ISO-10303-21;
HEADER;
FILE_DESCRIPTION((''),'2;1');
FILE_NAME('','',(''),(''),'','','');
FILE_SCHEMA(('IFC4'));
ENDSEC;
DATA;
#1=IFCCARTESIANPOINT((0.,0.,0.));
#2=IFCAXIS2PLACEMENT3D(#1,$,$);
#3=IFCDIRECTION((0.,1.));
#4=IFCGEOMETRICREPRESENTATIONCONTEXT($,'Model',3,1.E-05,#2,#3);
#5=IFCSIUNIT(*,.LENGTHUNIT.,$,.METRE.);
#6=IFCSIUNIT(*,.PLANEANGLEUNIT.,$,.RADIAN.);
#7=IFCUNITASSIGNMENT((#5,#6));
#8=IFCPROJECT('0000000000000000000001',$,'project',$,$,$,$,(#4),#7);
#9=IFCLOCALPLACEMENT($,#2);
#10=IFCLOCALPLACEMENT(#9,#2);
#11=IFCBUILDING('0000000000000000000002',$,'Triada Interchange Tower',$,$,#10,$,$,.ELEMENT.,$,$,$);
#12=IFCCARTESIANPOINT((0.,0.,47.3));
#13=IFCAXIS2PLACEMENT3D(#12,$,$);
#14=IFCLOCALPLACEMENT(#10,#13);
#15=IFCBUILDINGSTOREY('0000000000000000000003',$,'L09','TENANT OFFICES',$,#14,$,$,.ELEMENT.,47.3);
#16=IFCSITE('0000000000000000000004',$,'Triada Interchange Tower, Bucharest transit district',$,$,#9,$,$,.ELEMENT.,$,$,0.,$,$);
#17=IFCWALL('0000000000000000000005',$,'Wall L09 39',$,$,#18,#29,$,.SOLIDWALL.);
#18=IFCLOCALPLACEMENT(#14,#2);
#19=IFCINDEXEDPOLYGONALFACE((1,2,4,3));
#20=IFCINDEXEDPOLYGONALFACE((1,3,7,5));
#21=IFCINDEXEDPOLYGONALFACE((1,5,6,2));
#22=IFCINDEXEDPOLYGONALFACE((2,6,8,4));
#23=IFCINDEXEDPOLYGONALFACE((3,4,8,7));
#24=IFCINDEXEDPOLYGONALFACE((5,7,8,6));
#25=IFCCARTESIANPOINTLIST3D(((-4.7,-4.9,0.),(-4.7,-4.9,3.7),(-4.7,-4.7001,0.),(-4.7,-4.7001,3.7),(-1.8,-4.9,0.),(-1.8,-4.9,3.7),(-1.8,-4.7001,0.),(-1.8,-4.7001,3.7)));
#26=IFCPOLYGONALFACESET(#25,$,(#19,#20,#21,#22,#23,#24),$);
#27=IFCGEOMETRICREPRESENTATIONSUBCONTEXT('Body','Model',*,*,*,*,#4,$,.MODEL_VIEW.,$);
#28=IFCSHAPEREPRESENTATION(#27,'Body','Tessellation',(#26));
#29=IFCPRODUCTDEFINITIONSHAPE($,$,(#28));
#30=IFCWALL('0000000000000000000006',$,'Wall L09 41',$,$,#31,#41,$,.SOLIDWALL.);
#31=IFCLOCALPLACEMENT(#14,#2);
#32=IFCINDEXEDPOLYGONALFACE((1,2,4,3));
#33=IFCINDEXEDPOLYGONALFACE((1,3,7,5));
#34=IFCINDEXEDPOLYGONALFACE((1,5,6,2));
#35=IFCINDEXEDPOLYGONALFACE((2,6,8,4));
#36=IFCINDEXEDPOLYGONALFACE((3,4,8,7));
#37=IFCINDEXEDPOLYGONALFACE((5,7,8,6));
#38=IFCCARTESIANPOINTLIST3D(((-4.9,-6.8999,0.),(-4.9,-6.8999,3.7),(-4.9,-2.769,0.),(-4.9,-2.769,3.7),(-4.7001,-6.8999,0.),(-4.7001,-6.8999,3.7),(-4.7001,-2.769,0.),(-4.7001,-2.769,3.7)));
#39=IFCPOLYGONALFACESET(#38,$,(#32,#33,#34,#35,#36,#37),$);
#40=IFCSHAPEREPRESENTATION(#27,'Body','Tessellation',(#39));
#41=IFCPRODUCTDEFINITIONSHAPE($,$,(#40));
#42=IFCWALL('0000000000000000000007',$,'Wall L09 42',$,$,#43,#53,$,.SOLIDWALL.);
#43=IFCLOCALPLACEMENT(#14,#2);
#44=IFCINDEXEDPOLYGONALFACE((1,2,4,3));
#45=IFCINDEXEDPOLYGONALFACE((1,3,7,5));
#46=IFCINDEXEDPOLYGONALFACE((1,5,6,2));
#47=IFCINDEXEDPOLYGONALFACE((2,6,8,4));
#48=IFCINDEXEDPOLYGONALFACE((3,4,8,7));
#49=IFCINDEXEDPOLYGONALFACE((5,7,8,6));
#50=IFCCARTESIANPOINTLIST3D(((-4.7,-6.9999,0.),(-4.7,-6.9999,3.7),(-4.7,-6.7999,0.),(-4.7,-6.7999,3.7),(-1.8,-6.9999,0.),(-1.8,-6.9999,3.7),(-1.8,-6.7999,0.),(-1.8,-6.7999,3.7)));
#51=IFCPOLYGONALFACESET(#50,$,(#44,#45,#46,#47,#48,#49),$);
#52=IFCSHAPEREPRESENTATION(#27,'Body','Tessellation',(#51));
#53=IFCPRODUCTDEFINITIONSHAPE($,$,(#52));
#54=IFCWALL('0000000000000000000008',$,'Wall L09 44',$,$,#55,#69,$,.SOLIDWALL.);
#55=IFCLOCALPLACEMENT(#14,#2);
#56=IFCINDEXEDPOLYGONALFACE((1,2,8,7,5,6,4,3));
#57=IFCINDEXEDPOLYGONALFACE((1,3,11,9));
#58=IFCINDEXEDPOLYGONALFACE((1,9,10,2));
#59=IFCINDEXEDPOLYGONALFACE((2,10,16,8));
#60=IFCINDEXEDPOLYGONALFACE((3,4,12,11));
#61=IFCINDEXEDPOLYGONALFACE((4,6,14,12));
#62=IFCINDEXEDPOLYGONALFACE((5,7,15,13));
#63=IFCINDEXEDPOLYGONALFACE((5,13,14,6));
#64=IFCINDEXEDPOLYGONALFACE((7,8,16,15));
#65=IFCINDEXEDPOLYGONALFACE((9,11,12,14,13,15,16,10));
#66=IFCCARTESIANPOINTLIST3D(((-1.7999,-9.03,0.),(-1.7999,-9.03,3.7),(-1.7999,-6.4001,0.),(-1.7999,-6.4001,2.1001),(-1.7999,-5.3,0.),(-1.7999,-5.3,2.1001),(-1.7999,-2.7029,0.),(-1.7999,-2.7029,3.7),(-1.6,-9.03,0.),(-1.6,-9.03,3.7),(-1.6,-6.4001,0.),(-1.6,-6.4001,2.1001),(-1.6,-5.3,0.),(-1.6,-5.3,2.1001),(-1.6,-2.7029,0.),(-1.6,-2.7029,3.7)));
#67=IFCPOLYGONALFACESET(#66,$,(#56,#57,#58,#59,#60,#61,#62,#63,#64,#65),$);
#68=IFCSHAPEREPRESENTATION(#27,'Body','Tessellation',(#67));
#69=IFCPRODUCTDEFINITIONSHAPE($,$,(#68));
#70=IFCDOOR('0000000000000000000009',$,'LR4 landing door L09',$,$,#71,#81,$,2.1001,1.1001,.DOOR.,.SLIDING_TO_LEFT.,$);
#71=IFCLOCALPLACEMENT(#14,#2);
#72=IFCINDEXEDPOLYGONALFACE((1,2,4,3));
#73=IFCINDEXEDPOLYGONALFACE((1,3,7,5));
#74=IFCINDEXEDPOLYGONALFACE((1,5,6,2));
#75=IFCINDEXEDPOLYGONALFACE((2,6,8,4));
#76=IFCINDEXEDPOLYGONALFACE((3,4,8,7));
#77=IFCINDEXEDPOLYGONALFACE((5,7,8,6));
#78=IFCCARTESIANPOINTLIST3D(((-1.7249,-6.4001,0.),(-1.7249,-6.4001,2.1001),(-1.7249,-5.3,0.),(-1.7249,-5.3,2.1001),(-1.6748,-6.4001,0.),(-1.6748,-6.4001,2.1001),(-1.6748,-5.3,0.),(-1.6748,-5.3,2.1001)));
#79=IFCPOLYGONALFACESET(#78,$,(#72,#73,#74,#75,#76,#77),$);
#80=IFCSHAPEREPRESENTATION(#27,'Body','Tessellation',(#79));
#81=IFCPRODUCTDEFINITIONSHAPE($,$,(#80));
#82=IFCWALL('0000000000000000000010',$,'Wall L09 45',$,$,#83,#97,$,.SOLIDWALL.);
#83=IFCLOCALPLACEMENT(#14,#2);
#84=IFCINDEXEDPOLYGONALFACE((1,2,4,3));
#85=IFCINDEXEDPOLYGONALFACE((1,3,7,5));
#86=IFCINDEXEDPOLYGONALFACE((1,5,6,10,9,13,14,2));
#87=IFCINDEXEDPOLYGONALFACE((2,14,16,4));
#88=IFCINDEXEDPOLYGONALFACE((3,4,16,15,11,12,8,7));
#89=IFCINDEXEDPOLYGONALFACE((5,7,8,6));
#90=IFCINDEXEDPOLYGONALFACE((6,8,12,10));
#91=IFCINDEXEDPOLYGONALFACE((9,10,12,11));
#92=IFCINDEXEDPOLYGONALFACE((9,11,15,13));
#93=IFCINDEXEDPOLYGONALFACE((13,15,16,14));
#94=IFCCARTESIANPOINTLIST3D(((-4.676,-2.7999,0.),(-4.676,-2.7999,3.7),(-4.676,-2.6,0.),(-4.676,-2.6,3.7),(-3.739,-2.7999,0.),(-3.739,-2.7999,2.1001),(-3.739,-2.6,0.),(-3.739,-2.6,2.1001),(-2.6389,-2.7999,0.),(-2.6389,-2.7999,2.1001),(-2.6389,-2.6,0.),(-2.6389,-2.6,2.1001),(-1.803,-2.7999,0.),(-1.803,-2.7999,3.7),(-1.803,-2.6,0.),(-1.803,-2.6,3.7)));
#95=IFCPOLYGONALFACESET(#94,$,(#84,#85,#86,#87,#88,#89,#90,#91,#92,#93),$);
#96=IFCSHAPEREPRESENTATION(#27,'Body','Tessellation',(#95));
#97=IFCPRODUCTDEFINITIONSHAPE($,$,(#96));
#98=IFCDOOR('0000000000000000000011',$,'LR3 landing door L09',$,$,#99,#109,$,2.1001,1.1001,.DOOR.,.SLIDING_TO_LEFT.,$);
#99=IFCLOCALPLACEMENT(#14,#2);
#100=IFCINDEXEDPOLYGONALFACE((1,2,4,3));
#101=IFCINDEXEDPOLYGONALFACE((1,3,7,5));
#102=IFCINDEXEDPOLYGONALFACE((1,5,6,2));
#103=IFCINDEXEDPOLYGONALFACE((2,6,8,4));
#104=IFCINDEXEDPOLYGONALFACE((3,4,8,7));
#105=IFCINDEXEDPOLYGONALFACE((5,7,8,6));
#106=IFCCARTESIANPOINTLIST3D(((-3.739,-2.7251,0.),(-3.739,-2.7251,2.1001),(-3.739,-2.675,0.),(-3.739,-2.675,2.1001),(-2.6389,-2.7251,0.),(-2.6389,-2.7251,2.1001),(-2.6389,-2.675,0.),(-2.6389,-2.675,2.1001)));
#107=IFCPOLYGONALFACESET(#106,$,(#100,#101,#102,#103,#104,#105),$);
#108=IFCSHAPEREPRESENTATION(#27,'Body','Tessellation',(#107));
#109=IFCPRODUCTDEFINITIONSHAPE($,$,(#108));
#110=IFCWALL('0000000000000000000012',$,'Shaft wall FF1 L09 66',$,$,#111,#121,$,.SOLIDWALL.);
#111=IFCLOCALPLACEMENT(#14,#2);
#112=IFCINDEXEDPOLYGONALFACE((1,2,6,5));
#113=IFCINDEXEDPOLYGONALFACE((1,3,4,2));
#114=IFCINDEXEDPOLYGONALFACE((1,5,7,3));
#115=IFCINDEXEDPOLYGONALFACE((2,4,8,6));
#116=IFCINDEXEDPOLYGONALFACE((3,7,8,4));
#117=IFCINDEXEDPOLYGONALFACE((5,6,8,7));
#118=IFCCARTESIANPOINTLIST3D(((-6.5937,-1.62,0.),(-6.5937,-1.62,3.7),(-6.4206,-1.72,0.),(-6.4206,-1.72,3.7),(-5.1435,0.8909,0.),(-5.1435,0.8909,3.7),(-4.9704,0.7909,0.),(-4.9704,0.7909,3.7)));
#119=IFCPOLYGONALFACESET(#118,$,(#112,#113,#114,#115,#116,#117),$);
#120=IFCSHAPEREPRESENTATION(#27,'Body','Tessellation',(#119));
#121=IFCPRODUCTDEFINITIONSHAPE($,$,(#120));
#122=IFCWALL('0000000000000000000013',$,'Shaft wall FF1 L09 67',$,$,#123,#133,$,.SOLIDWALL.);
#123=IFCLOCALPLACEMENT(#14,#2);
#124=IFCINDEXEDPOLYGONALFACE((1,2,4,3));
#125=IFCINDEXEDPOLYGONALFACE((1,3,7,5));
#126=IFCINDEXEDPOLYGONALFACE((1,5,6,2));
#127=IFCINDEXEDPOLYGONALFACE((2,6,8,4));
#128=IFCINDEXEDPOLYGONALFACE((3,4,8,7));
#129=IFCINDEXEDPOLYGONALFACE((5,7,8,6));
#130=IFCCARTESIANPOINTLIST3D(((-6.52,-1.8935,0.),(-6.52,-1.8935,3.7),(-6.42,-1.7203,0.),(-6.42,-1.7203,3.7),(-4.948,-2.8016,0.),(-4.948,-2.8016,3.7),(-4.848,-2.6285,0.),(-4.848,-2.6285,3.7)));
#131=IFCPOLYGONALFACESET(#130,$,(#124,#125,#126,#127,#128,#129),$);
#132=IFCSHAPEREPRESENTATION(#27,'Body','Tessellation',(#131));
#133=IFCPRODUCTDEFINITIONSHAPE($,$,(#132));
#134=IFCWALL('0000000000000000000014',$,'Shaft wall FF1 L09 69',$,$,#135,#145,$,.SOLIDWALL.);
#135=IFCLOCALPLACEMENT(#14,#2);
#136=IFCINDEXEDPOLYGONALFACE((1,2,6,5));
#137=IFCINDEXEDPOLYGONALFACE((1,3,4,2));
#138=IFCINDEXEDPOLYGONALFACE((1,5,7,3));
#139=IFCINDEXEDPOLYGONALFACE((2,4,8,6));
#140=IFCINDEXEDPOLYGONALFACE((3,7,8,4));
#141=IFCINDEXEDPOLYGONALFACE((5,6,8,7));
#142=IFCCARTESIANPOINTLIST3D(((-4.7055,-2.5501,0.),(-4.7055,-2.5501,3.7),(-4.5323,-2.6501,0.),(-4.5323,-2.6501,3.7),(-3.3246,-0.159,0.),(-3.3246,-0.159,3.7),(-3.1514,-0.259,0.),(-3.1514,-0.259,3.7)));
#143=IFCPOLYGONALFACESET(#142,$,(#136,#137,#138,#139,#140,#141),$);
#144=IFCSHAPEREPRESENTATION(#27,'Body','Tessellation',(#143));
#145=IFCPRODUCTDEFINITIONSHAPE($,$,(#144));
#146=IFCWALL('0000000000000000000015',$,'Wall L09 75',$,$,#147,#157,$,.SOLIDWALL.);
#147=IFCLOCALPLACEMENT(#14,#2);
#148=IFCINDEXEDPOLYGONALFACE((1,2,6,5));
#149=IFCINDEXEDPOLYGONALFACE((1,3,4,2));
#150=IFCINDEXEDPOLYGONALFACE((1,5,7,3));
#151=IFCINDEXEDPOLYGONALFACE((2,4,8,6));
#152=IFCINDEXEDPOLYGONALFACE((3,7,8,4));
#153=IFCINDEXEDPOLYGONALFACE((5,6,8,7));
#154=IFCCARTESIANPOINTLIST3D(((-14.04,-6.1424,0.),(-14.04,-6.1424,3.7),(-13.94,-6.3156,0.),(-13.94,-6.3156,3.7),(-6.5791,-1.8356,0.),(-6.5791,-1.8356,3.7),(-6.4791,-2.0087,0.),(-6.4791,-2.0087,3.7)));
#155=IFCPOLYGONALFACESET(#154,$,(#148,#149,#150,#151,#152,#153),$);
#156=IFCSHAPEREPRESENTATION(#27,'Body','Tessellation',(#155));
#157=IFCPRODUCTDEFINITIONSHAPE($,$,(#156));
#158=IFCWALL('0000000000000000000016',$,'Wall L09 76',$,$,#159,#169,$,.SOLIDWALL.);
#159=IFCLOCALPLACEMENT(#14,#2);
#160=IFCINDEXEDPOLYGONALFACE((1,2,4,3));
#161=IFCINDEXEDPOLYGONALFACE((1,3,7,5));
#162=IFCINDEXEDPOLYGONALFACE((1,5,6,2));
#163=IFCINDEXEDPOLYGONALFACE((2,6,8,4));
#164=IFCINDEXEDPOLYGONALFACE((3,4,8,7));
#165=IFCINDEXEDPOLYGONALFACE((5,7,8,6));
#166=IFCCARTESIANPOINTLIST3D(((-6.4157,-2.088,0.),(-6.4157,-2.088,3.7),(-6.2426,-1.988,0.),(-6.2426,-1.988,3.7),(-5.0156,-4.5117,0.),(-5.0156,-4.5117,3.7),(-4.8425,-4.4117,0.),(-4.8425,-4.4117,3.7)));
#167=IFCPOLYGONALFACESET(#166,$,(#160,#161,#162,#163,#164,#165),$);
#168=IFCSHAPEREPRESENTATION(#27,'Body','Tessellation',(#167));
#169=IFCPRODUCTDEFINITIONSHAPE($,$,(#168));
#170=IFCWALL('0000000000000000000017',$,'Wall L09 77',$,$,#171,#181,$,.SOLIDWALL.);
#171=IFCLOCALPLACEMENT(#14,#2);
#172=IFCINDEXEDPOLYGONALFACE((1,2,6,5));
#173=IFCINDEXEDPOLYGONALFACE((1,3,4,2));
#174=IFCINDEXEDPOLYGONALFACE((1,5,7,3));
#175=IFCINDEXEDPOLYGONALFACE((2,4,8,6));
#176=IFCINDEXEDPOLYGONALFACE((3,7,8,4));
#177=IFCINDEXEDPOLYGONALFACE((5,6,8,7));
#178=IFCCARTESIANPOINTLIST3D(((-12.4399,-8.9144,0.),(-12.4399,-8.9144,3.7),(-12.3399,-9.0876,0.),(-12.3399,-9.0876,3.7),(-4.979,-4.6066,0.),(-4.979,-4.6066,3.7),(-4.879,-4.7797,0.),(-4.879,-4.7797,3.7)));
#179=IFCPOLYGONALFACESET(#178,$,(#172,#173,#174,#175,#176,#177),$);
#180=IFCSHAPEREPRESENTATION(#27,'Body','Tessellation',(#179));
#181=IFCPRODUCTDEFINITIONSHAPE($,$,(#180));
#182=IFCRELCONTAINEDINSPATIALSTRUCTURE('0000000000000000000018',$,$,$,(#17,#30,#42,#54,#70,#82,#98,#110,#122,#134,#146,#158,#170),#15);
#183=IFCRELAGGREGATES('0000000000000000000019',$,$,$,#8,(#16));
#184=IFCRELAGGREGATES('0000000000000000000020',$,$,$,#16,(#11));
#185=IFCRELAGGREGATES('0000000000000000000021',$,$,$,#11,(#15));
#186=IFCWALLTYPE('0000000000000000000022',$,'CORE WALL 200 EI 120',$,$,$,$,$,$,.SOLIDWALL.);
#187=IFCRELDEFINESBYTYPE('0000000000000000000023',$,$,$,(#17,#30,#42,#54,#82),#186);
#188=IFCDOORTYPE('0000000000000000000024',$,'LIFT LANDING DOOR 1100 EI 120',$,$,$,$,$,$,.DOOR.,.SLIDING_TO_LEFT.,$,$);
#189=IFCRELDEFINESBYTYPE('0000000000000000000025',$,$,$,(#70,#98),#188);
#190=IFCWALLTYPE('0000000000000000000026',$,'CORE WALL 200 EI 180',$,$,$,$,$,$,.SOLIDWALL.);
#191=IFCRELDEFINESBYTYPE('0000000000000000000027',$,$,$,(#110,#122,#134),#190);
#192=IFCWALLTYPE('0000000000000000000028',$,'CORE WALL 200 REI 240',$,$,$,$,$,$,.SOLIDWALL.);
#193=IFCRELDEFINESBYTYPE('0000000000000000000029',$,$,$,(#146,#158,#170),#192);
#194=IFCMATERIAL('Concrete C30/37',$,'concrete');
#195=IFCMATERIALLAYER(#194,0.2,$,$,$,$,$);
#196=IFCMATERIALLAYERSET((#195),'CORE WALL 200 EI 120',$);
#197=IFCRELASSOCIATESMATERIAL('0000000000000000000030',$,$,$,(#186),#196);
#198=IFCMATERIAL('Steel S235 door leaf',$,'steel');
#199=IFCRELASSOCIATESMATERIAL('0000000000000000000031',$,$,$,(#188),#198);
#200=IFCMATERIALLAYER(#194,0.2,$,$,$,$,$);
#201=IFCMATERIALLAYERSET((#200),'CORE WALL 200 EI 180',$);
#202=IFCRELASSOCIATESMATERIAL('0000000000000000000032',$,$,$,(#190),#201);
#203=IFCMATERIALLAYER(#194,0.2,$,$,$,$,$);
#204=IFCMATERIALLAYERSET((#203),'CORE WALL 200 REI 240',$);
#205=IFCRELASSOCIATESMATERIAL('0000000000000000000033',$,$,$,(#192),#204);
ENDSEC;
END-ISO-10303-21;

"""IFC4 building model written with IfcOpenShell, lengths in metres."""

from ifc_helpers import new_model, si_unit, direction, frame, frame_2d, origin, place, context, subcontext, project, spatial, rectangle, extrude, material, layer, layer_set, type_object, element, fill, save


model = new_model("IFC4")

# Units and contexts
model_context = context("Model", 3, precision=1e-05, world=origin(), true_north=direction((0.0, 1.0)))
body_context = subcontext(model_context, "Body", "Model", "MODEL_VIEW")
ifc_project = project(units=[si_unit("LENGTHUNIT", "METRE"), si_unit("PLANEANGLEUNIT", "RADIAN")], contexts=[model_context])

# Site, building, storey
site_placement = place(None, origin())
site = spatial("IfcSite", under=ifc_project, at=site_placement, Name="Triada Interchange Tower, Bucharest transit district", CompositionType="ELEMENT", RefElevation=0.0)
building_placement = place(site_placement, origin())
building = spatial("IfcBuilding", under=site, at=building_placement, Name="Triada Interchange Tower", CompositionType="ELEMENT")
storey_placement = place(building_placement, frame((0.0, 0.0, 47.3)))
storey = spatial("IfcBuildingStorey", under=building, at=storey_placement, Name="L09", Description="TENANT OFFICES", CompositionType="ELEMENT", Elevation=47.3)

# Walls
ifc_material_1 = material(Name="Concrete C30/37", Category="concrete")
ifc_layer_1 = layer(ifc_material_1, 0.2)
ifc_layer_set_1 = layer_set([ifc_layer_1], Name="CORE WALL 200 EI 120")
wall_type_1 = type_object("IfcWallType", Name="CORE WALL 200 EI 120", PredefinedType="SOLIDWALL", material=ifc_layer_set_1)
wall_1_placement = place(storey_placement, frame((-4.7, -4.8, 0.0), z_axis=(0.0, 0.0, 1.0), x_axis=(1.0, 0.0, 0.0)))
element("IfcWall", 1, at=wall_1_placement, inside=storey, type_object=wall_type_1, Name="Wall L09 39", PredefinedType="SOLIDWALL", context=body_context, shape_type="SweptSolid", body=[
    extrude(rectangle(XDim=2.8999, YDim=0.2, at=frame_2d((1.45, 0.0))), origin(), (0.0, 0.0, 1.0), 3.7),
])
wall_2_placement = place(storey_placement, frame((-4.8, -6.8999, 0.0), z_axis=(0.0, 0.0, 1.0), x_axis=(0.0, 1.0, 0.0)))
element("IfcWall", 2, at=wall_2_placement, inside=storey, type_object=wall_type_1, Name="Wall L09 41", PredefinedType="SOLIDWALL", context=body_context, shape_type="SweptSolid", body=[
    extrude(rectangle(XDim=4.1309, YDim=0.2, at=frame_2d((2.0654, 0.0))), origin(), (0.0, 0.0, 1.0), 3.7),
])
wall_3_placement = place(storey_placement, frame((-4.7, -6.8999, 0.0), z_axis=(0.0, 0.0, 1.0), x_axis=(1.0, 0.0, 0.0)))
element("IfcWall", 3, at=wall_3_placement, inside=storey, type_object=wall_type_1, Name="Wall L09 42", PredefinedType="SOLIDWALL", context=body_context, shape_type="SweptSolid", body=[
    extrude(rectangle(XDim=2.8999, YDim=0.2, at=frame_2d((1.45, 0.0))), origin(), (0.0, 0.0, 1.0), 3.7),
])

# Walls, openings, doors
wall_4_placement = place(storey_placement, frame((-1.7, -9.03, 0.0), z_axis=(0.0, 0.0, 1.0), x_axis=(0.0, 1.0, 0.0)))
wall_4 = element("IfcWall", 4, at=wall_4_placement, inside=storey, type_object=wall_type_1, Name="Wall L09 44", PredefinedType="SOLIDWALL", context=body_context, shape_type="SweptSolid", body=[
    extrude(rectangle(XDim=6.3271, YDim=0.2, at=frame_2d((3.1636, 0.0))), origin(), (0.0, 0.0, 1.0), 3.7),
])
opening_1_placement = place(wall_4_placement, frame((2.6299, 0.0, 0.0)))
opening_1 = element("IfcOpeningElement", 5, at=opening_1_placement, cuts=wall_4, PredefinedType="OPENING", context=body_context, shape_type="SweptSolid", body=[
    extrude(rectangle(XDim=1.1001, YDim=2.1001, at=frame_2d((0.55, 1.05))), frame((0.0, 0.1099, 0.0), z_axis=(0.0, -1.0, 0.0), x_axis=(1.0, 0.0, 0.0)), (0.0, 0.0, 1.0), 0.22),
])
ifc_material_2 = material(Name="Steel S235 door leaf", Category="steel")
door_type_1 = type_object("IfcDoorType", Name="LIFT LANDING DOOR 1100 EI 120", OperationType="SLIDING_TO_LEFT", PredefinedType="DOOR", material=ifc_material_2)
door_1_placement = place(opening_1_placement, origin())
door_1 = element("IfcDoor", 6, at=door_1_placement, inside=storey, type_object=door_type_1, Name="LR4 landing door L09", OperationType="SLIDING_TO_LEFT", OverallHeight=2.1001, OverallWidth=1.1001, PredefinedType="DOOR", context=body_context, shape_type="SweptSolid", body=[
    extrude(rectangle(XDim=1.1001, YDim=2.1001, at=frame_2d((0.55, 1.05))), frame((0.0, 0.0249, 0.0), z_axis=(0.0, -1.0, 0.0), x_axis=(1.0, 0.0, 0.0)), (0.0, 0.0, 1.0), 0.05),
])
fill(opening_1, door_1)
wall_5_placement = place(storey_placement, frame((-4.676, -2.7, 0.0), z_axis=(0.0, 0.0, 1.0), x_axis=(1.0, 0.0, 0.0)))
wall_5 = element("IfcWall", 7, at=wall_5_placement, inside=storey, type_object=wall_type_1, Name="Wall L09 45", PredefinedType="SOLIDWALL", context=body_context, shape_type="SweptSolid", body=[
    extrude(rectangle(XDim=2.873, YDim=0.2, at=frame_2d((1.4365, 0.0))), origin(), (0.0, 0.0, 1.0), 3.7),
])
opening_2_placement = place(wall_5_placement, frame((0.937, 0.0, 0.0)))
opening_2 = element("IfcOpeningElement", 8, at=opening_2_placement, cuts=wall_5, PredefinedType="OPENING", context=body_context, shape_type="SweptSolid", body=[
    extrude(rectangle(XDim=1.1001, YDim=2.1001, at=frame_2d((0.55, 1.05))), frame((0.0, 0.1099, 0.0), z_axis=(0.0, -1.0, 0.0), x_axis=(1.0, 0.0, 0.0)), (0.0, 0.0, 1.0), 0.22),
])
door_2_placement = place(opening_2_placement, origin())
door_2 = element("IfcDoor", 9, at=door_2_placement, inside=storey, type_object=door_type_1, Name="LR3 landing door L09", OperationType="SLIDING_TO_LEFT", OverallHeight=2.1001, OverallWidth=1.1001, PredefinedType="DOOR", context=body_context, shape_type="SweptSolid", body=[
    extrude(rectangle(XDim=1.1001, YDim=2.1001, at=frame_2d((0.55, 1.05))), frame((0.0, 0.0249, 0.0), z_axis=(0.0, -1.0, 0.0), x_axis=(1.0, 0.0, 0.0)), (0.0, 0.0, 1.0), 0.05),
])
fill(opening_2, door_2)

# Walls
ifc_layer_2 = layer(ifc_material_1, 0.2)
ifc_layer_set_2 = layer_set([ifc_layer_2], Name="CORE WALL 200 EI 180")
wall_type_2 = type_object("IfcWallType", Name="CORE WALL 200 EI 180", PredefinedType="SOLIDWALL", material=ifc_layer_set_2)
wall_6_placement = place(storey_placement, frame((-6.5071, -1.6699, 0.0), z_axis=(0.0, 0.0, 1.0), x_axis=(0.500123, 0.865954, 0.0)))
element("IfcWall", 10, at=wall_6_placement, inside=storey, type_object=wall_type_2, Name="Shaft wall FF1 L09 66", PredefinedType="SOLIDWALL", context=body_context, shape_type="SweptSolid", body=[
    extrude(rectangle(XDim=2.8997, YDim=0.2, at=frame_2d((1.4497, 0.0))), origin(), (0.0, 0.0, 1.0), 3.7),
])
wall_7_placement = place(storey_placement, frame((-6.47, -1.8069, 0.0), z_axis=(0.0, 0.0, 1.0), x_axis=(0.865883, -0.500246, 0.0)))
element("IfcWall", 11, at=wall_7_placement, inside=storey, type_object=wall_type_2, Name="Shaft wall FF1 L09 67", PredefinedType="SOLIDWALL", context=body_context, shape_type="SweptSolid", body=[
    extrude(rectangle(XDim=1.8154, YDim=0.2, at=frame_2d((0.9077, 0.0))), origin(), (0.0, 0.0, 1.0), 3.7),
])
wall_8_placement = place(storey_placement, frame((-4.6189, -2.6001, 0.0), z_axis=(0.0, 0.0, 1.0), x_axis=(0.500095, 0.865971, 0.0)))
element("IfcWall", 12, at=wall_8_placement, inside=storey, type_object=wall_type_2, Name="Shaft wall FF1 L09 69", PredefinedType="SOLIDWALL", context=body_context, shape_type="SweptSolid", body=[
    extrude(rectangle(XDim=2.7612, YDim=0.2, at=frame_2d((1.3806, 0.0))), origin(), (0.0, 0.0, 1.0), 3.7),
])
ifc_layer_3 = layer(ifc_material_1, 0.2)
ifc_layer_set_3 = layer_set([ifc_layer_3], Name="CORE WALL 200 REI 240")
wall_type_3 = type_object("IfcWallType", Name="CORE WALL 200 REI 240", PredefinedType="SOLIDWALL", material=ifc_layer_set_3)
wall_9_placement = place(storey_placement, frame((-13.99, -6.229, 0.0), z_axis=(0.0, 0.0, 1.0), x_axis=(0.86606, 0.49994, 0.0)))
element("IfcWall", 13, at=wall_9_placement, inside=storey, type_object=wall_type_3, Name="Wall L09 75", PredefinedType="SOLIDWALL", context=body_context, shape_type="SweptSolid", body=[
    extrude(rectangle(XDim=8.6147, YDim=0.2, at=frame_2d((4.3074, 0.0))), origin(), (0.0, 0.0, 1.0), 3.7),
])
wall_10_placement = place(storey_placement, frame((-6.3291, -2.0381, 0.0), z_axis=(0.0, 0.0, 1.0), x_axis=(0.500201, -0.86591, 0.0)))
element("IfcWall", 14, at=wall_10_placement, inside=storey, type_object=wall_type_3, Name="Wall L09 76", PredefinedType="SOLIDWALL", context=body_context, shape_type="SweptSolid", body=[
    extrude(rectangle(XDim=2.7991, YDim=0.2, at=frame_2d((1.3994, 0.0))), origin(), (0.0, 0.0, 1.0), 3.7),
])
wall_11_placement = place(storey_placement, frame((-12.3899, -9.001, 0.0), z_axis=(0.0, 0.0, 1.0), x_axis=(0.866011, 0.500025, 0.0)))
element("IfcWall", 15, at=wall_11_placement, inside=storey, type_object=wall_type_3, Name="Wall L09 77", PredefinedType="SOLIDWALL", context=body_context, shape_type="SweptSolid", body=[
    extrude(rectangle(XDim=8.6152, YDim=0.2, at=frame_2d((4.3076, 0.0))), origin(), (0.0, 0.0, 1.0), 3.7),
])

save(model, "model.ifc")
